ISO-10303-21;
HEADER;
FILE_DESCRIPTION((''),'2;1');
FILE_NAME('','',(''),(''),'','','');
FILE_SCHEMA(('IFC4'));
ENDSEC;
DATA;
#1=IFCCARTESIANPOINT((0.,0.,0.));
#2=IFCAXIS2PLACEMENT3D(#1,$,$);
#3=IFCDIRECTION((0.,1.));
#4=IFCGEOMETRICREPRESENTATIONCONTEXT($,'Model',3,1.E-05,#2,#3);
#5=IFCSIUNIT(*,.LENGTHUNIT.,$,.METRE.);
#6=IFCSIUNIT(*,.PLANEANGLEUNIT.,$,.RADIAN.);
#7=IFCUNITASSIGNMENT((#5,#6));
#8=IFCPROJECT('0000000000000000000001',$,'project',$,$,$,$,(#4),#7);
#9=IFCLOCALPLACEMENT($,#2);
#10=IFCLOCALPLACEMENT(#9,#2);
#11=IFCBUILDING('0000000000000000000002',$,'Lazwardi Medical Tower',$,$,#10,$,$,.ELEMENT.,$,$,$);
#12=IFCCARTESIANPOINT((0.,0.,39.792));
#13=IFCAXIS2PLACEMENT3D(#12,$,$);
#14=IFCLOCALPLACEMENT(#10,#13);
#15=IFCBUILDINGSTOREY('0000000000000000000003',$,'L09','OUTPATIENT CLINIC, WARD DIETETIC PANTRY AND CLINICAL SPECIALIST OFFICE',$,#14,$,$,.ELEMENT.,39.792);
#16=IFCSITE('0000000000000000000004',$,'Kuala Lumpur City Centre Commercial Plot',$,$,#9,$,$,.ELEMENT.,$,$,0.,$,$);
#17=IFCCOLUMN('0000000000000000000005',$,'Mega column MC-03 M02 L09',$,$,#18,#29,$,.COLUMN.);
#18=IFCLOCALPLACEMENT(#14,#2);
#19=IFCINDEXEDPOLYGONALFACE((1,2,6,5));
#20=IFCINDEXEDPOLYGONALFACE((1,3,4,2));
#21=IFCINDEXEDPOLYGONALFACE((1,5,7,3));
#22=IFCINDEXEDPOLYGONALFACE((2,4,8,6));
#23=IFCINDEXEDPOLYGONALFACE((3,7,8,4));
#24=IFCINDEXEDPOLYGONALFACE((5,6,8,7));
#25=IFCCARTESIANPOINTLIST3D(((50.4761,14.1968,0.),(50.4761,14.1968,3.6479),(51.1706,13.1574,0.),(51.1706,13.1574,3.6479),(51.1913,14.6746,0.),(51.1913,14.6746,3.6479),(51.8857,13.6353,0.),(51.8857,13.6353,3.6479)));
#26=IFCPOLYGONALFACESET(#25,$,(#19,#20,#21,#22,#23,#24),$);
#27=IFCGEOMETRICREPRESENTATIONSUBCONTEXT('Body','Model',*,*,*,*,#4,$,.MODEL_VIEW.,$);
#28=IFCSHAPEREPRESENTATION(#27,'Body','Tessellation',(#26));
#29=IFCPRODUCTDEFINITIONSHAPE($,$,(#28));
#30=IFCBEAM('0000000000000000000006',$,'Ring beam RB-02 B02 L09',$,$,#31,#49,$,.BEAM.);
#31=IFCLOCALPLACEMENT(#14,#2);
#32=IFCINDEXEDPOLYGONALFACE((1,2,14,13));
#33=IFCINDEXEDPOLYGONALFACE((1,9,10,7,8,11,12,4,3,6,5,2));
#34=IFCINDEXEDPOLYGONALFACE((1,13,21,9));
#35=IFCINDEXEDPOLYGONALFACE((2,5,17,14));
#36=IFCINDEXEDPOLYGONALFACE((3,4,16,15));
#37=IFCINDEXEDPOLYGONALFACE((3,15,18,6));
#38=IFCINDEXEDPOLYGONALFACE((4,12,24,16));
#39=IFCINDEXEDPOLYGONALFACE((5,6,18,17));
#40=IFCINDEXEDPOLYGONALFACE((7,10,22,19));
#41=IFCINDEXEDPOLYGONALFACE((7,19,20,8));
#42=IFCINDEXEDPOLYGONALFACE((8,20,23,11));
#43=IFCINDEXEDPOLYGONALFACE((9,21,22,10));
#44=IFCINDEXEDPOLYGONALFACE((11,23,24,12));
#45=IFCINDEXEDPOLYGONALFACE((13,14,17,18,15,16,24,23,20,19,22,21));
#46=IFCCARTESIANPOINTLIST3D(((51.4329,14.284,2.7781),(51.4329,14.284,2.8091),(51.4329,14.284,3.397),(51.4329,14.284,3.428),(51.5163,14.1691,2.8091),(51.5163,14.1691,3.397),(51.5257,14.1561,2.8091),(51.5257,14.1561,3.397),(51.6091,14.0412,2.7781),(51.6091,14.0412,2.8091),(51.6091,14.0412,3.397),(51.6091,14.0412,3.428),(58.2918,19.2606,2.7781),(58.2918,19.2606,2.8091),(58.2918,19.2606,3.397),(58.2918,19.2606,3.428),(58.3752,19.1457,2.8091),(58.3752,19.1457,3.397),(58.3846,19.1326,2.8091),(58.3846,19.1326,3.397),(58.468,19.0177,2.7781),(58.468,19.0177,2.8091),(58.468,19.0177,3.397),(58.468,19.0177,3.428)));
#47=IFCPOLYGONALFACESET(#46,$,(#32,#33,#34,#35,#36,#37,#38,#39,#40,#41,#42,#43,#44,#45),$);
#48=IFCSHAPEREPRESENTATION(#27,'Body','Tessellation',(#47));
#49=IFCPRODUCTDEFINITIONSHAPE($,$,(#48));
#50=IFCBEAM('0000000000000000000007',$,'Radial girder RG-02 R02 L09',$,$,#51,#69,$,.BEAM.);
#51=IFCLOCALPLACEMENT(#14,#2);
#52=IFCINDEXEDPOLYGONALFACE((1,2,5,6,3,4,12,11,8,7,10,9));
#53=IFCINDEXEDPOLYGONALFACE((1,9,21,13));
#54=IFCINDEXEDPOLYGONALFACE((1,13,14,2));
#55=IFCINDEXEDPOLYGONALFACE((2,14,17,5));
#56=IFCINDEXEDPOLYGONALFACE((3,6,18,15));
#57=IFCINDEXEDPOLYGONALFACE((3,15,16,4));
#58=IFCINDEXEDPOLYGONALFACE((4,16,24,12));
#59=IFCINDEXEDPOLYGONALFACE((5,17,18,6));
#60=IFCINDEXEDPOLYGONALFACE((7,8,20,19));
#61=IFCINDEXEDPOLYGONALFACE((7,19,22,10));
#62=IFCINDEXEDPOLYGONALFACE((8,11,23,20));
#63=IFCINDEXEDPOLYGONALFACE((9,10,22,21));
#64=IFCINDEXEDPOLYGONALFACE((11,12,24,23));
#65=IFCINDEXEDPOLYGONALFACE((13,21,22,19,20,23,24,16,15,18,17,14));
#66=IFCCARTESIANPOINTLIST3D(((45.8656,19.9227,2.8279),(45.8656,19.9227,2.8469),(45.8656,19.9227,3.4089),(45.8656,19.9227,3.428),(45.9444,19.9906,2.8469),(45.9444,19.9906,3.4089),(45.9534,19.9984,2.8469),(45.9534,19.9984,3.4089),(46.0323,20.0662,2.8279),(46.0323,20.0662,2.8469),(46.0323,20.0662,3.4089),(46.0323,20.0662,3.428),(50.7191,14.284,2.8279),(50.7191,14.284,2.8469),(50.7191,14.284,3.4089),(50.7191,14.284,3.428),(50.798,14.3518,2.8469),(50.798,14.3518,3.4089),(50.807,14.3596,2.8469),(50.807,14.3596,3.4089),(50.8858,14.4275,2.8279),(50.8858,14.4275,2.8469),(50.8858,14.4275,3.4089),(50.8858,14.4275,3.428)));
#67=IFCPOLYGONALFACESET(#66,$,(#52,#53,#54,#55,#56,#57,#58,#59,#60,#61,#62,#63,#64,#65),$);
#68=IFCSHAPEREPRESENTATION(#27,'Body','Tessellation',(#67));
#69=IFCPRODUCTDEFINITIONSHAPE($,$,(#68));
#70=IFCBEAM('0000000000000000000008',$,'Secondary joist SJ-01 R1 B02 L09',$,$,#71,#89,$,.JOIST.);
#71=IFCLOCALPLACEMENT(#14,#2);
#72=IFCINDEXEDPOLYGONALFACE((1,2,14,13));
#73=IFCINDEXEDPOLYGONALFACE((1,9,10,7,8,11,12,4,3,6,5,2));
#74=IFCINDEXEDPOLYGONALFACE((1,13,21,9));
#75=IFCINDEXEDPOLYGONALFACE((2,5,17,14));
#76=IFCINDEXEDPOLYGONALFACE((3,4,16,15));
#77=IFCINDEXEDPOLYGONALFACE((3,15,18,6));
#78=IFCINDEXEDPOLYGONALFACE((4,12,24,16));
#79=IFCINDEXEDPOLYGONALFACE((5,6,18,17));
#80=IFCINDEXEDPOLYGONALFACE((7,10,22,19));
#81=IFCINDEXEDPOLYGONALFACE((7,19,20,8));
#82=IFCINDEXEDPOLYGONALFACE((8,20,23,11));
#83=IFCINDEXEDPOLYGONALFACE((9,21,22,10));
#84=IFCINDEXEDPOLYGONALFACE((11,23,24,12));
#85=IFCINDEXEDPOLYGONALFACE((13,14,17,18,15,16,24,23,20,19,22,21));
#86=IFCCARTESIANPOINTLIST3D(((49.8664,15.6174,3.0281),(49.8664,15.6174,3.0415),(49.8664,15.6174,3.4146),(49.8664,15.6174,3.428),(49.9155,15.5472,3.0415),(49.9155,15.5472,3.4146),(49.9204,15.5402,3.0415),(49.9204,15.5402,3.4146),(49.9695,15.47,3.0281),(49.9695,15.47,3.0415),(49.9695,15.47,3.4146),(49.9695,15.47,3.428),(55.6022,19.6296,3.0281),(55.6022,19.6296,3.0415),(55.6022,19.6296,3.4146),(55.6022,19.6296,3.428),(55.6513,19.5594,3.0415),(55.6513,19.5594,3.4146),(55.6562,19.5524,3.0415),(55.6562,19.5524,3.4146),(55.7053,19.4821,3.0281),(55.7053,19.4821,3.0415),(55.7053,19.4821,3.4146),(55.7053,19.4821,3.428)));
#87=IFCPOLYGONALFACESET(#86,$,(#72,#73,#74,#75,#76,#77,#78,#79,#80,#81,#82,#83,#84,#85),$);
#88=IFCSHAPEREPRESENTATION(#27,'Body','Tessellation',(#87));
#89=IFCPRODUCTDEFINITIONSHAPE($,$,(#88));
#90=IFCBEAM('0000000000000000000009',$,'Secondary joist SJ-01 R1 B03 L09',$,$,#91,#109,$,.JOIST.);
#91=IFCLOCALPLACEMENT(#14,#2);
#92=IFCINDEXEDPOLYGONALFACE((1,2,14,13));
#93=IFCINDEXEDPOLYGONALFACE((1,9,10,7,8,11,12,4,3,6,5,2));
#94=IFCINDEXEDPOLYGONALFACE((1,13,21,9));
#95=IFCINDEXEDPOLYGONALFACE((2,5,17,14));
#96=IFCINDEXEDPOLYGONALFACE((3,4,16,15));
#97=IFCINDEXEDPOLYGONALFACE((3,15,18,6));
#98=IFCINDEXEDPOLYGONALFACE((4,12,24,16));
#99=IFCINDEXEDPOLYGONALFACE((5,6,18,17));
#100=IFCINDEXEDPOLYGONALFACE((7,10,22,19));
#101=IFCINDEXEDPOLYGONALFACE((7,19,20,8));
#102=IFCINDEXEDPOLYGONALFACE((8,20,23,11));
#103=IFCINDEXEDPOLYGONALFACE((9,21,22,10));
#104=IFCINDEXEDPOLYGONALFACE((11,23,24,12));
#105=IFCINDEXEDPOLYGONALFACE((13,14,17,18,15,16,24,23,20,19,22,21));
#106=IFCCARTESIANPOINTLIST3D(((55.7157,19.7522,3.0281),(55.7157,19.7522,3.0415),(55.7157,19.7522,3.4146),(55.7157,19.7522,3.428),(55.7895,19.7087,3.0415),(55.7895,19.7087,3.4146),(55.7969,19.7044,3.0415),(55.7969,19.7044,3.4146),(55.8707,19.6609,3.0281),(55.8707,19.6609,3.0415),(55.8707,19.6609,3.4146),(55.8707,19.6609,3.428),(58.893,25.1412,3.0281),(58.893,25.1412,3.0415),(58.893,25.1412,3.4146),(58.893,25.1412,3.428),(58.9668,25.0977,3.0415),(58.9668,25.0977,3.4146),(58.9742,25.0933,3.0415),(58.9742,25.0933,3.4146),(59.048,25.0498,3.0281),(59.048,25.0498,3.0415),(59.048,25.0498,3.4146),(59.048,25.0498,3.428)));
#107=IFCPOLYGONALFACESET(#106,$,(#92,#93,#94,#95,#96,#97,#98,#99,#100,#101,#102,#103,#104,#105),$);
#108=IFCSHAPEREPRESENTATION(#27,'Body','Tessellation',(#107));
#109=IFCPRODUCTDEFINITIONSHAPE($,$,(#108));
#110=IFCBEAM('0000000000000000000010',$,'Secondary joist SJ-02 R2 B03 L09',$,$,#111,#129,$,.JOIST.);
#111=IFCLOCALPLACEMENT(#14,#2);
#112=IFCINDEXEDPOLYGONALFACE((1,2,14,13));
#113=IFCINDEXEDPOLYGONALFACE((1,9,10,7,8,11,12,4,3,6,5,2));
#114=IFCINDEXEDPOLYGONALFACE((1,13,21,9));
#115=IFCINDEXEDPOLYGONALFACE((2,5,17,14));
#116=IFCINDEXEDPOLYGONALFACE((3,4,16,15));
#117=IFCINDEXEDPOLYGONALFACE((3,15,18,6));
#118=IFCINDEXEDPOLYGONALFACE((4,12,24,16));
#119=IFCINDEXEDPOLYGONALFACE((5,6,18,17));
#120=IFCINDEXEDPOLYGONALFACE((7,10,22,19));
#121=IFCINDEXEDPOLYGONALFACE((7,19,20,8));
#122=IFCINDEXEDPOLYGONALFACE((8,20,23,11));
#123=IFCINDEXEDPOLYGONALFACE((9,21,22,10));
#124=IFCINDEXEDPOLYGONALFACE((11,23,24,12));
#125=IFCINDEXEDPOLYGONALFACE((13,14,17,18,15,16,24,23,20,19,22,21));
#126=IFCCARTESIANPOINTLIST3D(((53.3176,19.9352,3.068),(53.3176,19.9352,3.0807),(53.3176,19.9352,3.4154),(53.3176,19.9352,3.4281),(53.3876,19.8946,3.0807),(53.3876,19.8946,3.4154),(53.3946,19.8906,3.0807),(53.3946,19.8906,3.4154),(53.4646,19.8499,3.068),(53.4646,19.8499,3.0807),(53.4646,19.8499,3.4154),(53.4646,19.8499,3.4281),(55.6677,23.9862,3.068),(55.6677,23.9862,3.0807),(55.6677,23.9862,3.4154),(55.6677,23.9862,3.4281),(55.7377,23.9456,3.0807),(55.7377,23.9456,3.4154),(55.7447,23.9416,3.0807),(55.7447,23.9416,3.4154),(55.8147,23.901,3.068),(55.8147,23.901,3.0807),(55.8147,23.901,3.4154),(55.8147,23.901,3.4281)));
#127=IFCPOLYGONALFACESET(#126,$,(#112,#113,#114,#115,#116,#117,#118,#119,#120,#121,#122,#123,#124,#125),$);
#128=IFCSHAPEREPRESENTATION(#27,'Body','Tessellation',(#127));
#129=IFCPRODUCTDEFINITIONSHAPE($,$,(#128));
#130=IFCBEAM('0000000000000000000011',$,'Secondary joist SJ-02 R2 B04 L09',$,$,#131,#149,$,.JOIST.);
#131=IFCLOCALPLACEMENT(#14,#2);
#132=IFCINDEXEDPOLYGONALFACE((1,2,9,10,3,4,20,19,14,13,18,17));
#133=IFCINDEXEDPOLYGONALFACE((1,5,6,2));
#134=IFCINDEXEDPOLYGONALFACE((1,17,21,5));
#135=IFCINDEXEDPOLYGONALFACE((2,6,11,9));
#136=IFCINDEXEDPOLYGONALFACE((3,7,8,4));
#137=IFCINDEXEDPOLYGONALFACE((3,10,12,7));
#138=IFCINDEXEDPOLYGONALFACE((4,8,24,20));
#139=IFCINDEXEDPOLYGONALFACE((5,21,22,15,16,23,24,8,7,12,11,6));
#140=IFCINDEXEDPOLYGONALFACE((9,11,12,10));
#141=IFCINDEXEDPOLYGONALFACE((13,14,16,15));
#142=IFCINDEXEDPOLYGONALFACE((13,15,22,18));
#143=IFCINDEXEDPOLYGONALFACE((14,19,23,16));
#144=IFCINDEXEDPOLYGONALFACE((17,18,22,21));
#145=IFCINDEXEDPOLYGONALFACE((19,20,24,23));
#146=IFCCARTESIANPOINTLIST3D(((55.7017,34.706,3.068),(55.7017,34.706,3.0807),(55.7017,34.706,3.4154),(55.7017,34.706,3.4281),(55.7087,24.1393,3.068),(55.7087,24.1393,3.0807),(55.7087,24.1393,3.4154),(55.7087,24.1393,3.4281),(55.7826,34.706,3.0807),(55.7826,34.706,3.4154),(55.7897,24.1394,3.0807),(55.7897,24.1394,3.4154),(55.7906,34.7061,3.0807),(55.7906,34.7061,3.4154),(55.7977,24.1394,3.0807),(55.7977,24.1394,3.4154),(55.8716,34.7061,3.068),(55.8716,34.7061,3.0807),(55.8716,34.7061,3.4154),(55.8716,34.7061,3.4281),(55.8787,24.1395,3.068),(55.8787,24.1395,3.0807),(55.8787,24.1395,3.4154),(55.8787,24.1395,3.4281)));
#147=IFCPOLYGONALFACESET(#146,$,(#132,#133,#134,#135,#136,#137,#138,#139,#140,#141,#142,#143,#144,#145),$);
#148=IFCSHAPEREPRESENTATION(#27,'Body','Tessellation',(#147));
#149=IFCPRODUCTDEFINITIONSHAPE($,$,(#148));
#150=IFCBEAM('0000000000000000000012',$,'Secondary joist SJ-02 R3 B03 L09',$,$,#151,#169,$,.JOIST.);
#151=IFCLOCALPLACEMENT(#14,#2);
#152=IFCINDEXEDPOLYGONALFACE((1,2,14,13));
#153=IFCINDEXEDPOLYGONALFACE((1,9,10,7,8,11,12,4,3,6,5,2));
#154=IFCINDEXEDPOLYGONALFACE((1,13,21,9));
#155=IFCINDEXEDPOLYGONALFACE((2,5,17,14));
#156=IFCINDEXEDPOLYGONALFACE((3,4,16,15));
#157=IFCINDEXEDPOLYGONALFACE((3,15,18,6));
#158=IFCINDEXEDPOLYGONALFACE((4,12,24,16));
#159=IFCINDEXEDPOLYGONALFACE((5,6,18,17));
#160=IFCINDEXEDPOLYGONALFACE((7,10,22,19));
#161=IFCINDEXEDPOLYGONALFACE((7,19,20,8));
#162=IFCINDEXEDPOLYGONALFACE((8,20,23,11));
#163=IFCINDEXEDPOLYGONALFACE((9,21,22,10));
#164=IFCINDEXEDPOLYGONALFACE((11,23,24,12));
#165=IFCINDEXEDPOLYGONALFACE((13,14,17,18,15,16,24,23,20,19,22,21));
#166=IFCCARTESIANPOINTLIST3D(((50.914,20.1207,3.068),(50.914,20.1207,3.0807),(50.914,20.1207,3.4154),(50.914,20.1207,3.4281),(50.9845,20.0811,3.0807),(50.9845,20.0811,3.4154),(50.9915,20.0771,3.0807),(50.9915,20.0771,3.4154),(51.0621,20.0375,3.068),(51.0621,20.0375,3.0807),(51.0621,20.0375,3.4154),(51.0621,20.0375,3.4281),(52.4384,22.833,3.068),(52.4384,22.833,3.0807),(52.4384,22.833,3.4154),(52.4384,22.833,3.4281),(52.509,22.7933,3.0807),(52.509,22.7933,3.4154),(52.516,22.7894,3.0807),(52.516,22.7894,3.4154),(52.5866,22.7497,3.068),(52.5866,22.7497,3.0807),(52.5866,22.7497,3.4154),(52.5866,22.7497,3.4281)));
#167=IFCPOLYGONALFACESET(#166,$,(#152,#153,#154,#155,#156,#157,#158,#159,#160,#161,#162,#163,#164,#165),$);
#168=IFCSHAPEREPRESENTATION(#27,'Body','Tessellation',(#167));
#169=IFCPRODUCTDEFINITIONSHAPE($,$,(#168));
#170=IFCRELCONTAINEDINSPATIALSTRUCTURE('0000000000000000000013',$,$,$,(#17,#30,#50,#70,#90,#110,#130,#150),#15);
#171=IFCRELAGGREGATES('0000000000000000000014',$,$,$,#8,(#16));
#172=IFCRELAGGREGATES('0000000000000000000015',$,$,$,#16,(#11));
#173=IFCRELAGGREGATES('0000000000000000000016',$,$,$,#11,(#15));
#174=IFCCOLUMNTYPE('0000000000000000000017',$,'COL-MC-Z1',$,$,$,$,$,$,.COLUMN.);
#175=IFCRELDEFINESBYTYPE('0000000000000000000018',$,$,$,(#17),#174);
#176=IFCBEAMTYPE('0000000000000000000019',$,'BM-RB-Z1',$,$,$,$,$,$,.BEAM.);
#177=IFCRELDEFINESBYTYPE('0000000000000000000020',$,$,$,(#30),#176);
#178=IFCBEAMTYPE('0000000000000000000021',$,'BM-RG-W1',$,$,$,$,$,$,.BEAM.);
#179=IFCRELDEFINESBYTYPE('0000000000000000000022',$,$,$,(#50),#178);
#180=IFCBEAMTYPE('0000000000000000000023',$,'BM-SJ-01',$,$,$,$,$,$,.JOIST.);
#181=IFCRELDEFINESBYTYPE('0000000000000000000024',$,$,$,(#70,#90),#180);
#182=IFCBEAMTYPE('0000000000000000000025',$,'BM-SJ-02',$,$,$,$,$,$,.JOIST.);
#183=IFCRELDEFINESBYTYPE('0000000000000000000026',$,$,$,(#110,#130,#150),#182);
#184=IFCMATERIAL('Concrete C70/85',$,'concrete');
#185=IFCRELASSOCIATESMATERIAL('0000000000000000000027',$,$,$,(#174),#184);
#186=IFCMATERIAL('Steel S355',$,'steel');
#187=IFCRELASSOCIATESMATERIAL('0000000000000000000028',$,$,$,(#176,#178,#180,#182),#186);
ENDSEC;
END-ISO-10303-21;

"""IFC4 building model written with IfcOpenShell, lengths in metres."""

from ifc_helpers import new_model, si_unit, direction, frame, origin, origin_2d, place, context, subcontext, project, spatial, rectangle, i_section, extrude, material, material_profile, profile_set, type_object, element, save


model = new_model("IFC4")

# Units and contexts
model_context = context("Model", 3, precision=1e-05, world=origin(), true_north=direction((0.0, 1.0)))
body_context = subcontext(model_context, "Body", "Model", "MODEL_VIEW")
ifc_project = project(units=[si_unit("LENGTHUNIT", "METRE"), si_unit("PLANEANGLEUNIT", "RADIAN")], contexts=[model_context])

# Site, building, storey
site_placement = place(None, origin())
site = spatial("IfcSite", under=ifc_project, at=site_placement, Name="Kuala Lumpur City Centre Commercial Plot", CompositionType="ELEMENT", RefElevation=0.0)
building_placement = place(site_placement, origin())
building = spatial("IfcBuilding", under=site, at=building_placement, Name="Lazwardi Medical Tower", CompositionType="ELEMENT")
storey_placement = place(building_placement, frame((0.0, 0.0, 39.792)))
storey = spatial("IfcBuildingStorey", under=building, at=storey_placement, Name="L09", Description="OUTPATIENT CLINIC, WARD DIETETIC PANTRY AND CLINICAL SPECIALIST OFFICE", CompositionType="ELEMENT", Elevation=39.792)

# Column
ifc_material_1 = material(Name="Concrete C70/85", Category="concrete")
ifc_material_profile_1 = material_profile(ifc_material_1, rectangle(XDim=1.25, YDim=0.8601, at=origin_2d()), Name="CFT-RECT 1250x860")
ifc_profile_set_1 = profile_set([ifc_material_profile_1], Name="Concrete C70/85")
column_type = type_object("IfcColumnType", Name="COL-MC-Z1", PredefinedType="COLUMN", material=ifc_profile_set_1)
column_placement = place(storey_placement, frame((51.1809, 13.916, 0.0), z_axis=(0.0, 0.0, 1.0), x_axis=(0.55557, -0.83147, 0.0)))
element("IfcColumn", 1, at=column_placement, inside=storey, type_object=column_type, Name="Mega column MC-03 M02 L09", PredefinedType="COLUMN", context=body_context, shape_type="SweptSolid", body=[
    extrude(rectangle(XDim=1.25, YDim=0.8601, at=origin_2d()), origin(), (0.0, 0.0, 1.0), 3.6479),
])

# Beams
ifc_material_2 = material(Name="Steel S355", Category="steel")
ifc_material_profile_2 = material_profile(ifc_material_2, i_section(OverallWidth=0.3, OverallDepth=0.6499, WebThickness=0.0161, FlangeThickness=0.031, at=origin_2d()), Name="HEB 650")
ifc_profile_set_2 = profile_set([ifc_material_profile_2], Name="Steel S355")
beam_type_1 = type_object("IfcBeamType", Name="BM-RB-Z1", PredefinedType="BEAM", material=ifc_profile_set_2)
beam_1_placement = place(storey_placement, frame((51.521, 14.1626, 3.103), z_axis=(0.809393, 0.587267, 0.0), x_axis=(-0.587267, 0.809393, 0.0)))
element("IfcBeam", 2, at=beam_1_placement, inside=storey, type_object=beam_type_1, Name="Ring beam RB-02 B02 L09", PredefinedType="BEAM", context=body_context, shape_type="SweptSolid", body=[
    extrude(i_section(OverallWidth=0.3, OverallDepth=0.6499, WebThickness=0.0161, FlangeThickness=0.031, at=origin_2d()), origin(), (0.0, 0.0, 1.0), 8.4741),
])
ifc_material_profile_3 = material_profile(ifc_material_2, i_section(OverallWidth=0.22, OverallDepth=0.6001, WebThickness=0.012, FlangeThickness=0.019, at=origin_2d()), Name="IPE 600")
ifc_profile_set_3 = profile_set([ifc_material_profile_3], Name="Steel S355")
beam_type_2 = type_object("IfcBeamType", Name="BM-RG-W1", PredefinedType="BEAM", material=ifc_profile_set_3)
beam_2_placement = place(storey_placement, frame((50.8025, 14.3557, 3.1279), z_axis=(-0.652368, 0.757902, 0.0), x_axis=(-0.757902, -0.652368, 0.0)))
element("IfcBeam", 3, at=beam_2_placement, inside=storey, type_object=beam_type_2, Name="Radial girder RG-02 R02 L09", PredefinedType="BEAM", context=body_context, shape_type="SweptSolid", body=[
    extrude(i_section(OverallWidth=0.22, OverallDepth=0.6001, WebThickness=0.012, FlangeThickness=0.019, at=origin_2d()), origin(), (0.0, 0.0, 1.0), 7.4399),
])
ifc_material_profile_4 = material_profile(ifc_material_2, i_section(OverallWidth=0.1799, OverallDepth=0.3999, WebThickness=0.0085, FlangeThickness=0.0134, at=origin_2d()), Name="IPE 400")
ifc_profile_set_4 = profile_set([ifc_material_profile_4], Name="Steel S355")
beam_type_3 = type_object("IfcBeamType", Name="BM-SJ-01", PredefinedType="JOIST", material=ifc_profile_set_4)
beam_3_placement = place(storey_placement, frame((49.918, 15.5437, 3.228), z_axis=(0.819425, 0.573186, 0.0), x_axis=(-0.573186, 0.819425, 0.0)))
element("IfcBeam", 4, at=beam_3_placement, inside=storey, type_object=beam_type_3, Name="Secondary joist SJ-01 R1 B02 L09", PredefinedType="JOIST", context=body_context, shape_type="SweptSolid", body=[
    extrude(i_section(OverallWidth=0.1799, OverallDepth=0.3999, WebThickness=0.0085, FlangeThickness=0.0134, at=origin_2d()), origin(), (0.0, 0.0, 1.0), 6.9998),
])
beam_4_placement = place(storey_placement, frame((55.7932, 19.7065, 3.228), z_axis=(0.507886, 0.861424, 0.0), x_axis=(-0.861424, 0.507886, 0.0)))
element("IfcBeam", 5, at=beam_4_placement, inside=storey, type_object=beam_type_3, Name="Secondary joist SJ-01 R1 B03 L09", PredefinedType="JOIST", context=body_context, shape_type="SweptSolid", body=[
    extrude(i_section(OverallWidth=0.1799, OverallDepth=0.3999, WebThickness=0.0085, FlangeThickness=0.0134, at=origin_2d()), origin(), (0.0, 0.0, 1.0), 6.2559),
])
ifc_material_profile_5 = material_profile(ifc_material_2, i_section(OverallWidth=0.1699, OverallDepth=0.3601, WebThickness=0.0081, FlangeThickness=0.0127, at=origin_2d()), Name="IPE 360")
ifc_profile_set_5 = profile_set([ifc_material_profile_5], Name="Steel S355")
beam_type_4 = type_object("IfcBeamType", Name="BM-SJ-02", PredefinedType="JOIST", material=ifc_profile_set_5)
beam_5_placement = place(storey_placement, frame((53.3911, 19.8926, 3.248), z_axis=(0.501798, 0.864985, 0.0), x_axis=(-0.864985, 0.501798, 0.0)))
element("IfcBeam", 6, at=beam_5_placement, inside=storey, type_object=beam_type_4, Name="Secondary joist SJ-02 R2 B03 L09", PredefinedType="JOIST", context=body_context, shape_type="SweptSolid", body=[
    extrude(i_section(OverallWidth=0.1699, OverallDepth=0.3601, WebThickness=0.0081, FlangeThickness=0.0127, at=origin_2d()), origin(), (0.0, 0.0, 1.0), 4.6833),
])
beam_6_placement = place(storey_placement, frame((55.7937, 24.1394, 3.248), z_axis=(-0.00067, 1.0, 0.0), x_axis=(-1.0, -0.00067, 0.0)))
element("IfcBeam", 7, at=beam_6_placement, inside=storey, type_object=beam_type_4, Name="Secondary joist SJ-02 R2 B04 L09", PredefinedType="JOIST", context=body_context, shape_type="SweptSolid", body=[
    extrude(i_section(OverallWidth=0.1699, OverallDepth=0.3601, WebThickness=0.0081, FlangeThickness=0.0127, at=origin_2d()), origin(), (0.0, 0.0, 1.0), 10.5667),
])
beam_7_placement = place(storey_placement, frame((50.988, 20.0791, 3.248), z_axis=(0.489974, 0.871737, 0.0), x_axis=(-0.871737, 0.489974, 0.0)))
element("IfcBeam", 8, at=beam_7_placement, inside=storey, type_object=beam_type_4, Name="Secondary joist SJ-02 R3 B03 L09", PredefinedType="JOIST", context=body_context, shape_type="SweptSolid", body=[
    extrude(i_section(OverallWidth=0.1699, OverallDepth=0.3601, WebThickness=0.0081, FlangeThickness=0.0127, at=origin_2d()), origin(), (0.0, 0.0, 1.0), 3.1113),
])

save(model, "model.ifc")
